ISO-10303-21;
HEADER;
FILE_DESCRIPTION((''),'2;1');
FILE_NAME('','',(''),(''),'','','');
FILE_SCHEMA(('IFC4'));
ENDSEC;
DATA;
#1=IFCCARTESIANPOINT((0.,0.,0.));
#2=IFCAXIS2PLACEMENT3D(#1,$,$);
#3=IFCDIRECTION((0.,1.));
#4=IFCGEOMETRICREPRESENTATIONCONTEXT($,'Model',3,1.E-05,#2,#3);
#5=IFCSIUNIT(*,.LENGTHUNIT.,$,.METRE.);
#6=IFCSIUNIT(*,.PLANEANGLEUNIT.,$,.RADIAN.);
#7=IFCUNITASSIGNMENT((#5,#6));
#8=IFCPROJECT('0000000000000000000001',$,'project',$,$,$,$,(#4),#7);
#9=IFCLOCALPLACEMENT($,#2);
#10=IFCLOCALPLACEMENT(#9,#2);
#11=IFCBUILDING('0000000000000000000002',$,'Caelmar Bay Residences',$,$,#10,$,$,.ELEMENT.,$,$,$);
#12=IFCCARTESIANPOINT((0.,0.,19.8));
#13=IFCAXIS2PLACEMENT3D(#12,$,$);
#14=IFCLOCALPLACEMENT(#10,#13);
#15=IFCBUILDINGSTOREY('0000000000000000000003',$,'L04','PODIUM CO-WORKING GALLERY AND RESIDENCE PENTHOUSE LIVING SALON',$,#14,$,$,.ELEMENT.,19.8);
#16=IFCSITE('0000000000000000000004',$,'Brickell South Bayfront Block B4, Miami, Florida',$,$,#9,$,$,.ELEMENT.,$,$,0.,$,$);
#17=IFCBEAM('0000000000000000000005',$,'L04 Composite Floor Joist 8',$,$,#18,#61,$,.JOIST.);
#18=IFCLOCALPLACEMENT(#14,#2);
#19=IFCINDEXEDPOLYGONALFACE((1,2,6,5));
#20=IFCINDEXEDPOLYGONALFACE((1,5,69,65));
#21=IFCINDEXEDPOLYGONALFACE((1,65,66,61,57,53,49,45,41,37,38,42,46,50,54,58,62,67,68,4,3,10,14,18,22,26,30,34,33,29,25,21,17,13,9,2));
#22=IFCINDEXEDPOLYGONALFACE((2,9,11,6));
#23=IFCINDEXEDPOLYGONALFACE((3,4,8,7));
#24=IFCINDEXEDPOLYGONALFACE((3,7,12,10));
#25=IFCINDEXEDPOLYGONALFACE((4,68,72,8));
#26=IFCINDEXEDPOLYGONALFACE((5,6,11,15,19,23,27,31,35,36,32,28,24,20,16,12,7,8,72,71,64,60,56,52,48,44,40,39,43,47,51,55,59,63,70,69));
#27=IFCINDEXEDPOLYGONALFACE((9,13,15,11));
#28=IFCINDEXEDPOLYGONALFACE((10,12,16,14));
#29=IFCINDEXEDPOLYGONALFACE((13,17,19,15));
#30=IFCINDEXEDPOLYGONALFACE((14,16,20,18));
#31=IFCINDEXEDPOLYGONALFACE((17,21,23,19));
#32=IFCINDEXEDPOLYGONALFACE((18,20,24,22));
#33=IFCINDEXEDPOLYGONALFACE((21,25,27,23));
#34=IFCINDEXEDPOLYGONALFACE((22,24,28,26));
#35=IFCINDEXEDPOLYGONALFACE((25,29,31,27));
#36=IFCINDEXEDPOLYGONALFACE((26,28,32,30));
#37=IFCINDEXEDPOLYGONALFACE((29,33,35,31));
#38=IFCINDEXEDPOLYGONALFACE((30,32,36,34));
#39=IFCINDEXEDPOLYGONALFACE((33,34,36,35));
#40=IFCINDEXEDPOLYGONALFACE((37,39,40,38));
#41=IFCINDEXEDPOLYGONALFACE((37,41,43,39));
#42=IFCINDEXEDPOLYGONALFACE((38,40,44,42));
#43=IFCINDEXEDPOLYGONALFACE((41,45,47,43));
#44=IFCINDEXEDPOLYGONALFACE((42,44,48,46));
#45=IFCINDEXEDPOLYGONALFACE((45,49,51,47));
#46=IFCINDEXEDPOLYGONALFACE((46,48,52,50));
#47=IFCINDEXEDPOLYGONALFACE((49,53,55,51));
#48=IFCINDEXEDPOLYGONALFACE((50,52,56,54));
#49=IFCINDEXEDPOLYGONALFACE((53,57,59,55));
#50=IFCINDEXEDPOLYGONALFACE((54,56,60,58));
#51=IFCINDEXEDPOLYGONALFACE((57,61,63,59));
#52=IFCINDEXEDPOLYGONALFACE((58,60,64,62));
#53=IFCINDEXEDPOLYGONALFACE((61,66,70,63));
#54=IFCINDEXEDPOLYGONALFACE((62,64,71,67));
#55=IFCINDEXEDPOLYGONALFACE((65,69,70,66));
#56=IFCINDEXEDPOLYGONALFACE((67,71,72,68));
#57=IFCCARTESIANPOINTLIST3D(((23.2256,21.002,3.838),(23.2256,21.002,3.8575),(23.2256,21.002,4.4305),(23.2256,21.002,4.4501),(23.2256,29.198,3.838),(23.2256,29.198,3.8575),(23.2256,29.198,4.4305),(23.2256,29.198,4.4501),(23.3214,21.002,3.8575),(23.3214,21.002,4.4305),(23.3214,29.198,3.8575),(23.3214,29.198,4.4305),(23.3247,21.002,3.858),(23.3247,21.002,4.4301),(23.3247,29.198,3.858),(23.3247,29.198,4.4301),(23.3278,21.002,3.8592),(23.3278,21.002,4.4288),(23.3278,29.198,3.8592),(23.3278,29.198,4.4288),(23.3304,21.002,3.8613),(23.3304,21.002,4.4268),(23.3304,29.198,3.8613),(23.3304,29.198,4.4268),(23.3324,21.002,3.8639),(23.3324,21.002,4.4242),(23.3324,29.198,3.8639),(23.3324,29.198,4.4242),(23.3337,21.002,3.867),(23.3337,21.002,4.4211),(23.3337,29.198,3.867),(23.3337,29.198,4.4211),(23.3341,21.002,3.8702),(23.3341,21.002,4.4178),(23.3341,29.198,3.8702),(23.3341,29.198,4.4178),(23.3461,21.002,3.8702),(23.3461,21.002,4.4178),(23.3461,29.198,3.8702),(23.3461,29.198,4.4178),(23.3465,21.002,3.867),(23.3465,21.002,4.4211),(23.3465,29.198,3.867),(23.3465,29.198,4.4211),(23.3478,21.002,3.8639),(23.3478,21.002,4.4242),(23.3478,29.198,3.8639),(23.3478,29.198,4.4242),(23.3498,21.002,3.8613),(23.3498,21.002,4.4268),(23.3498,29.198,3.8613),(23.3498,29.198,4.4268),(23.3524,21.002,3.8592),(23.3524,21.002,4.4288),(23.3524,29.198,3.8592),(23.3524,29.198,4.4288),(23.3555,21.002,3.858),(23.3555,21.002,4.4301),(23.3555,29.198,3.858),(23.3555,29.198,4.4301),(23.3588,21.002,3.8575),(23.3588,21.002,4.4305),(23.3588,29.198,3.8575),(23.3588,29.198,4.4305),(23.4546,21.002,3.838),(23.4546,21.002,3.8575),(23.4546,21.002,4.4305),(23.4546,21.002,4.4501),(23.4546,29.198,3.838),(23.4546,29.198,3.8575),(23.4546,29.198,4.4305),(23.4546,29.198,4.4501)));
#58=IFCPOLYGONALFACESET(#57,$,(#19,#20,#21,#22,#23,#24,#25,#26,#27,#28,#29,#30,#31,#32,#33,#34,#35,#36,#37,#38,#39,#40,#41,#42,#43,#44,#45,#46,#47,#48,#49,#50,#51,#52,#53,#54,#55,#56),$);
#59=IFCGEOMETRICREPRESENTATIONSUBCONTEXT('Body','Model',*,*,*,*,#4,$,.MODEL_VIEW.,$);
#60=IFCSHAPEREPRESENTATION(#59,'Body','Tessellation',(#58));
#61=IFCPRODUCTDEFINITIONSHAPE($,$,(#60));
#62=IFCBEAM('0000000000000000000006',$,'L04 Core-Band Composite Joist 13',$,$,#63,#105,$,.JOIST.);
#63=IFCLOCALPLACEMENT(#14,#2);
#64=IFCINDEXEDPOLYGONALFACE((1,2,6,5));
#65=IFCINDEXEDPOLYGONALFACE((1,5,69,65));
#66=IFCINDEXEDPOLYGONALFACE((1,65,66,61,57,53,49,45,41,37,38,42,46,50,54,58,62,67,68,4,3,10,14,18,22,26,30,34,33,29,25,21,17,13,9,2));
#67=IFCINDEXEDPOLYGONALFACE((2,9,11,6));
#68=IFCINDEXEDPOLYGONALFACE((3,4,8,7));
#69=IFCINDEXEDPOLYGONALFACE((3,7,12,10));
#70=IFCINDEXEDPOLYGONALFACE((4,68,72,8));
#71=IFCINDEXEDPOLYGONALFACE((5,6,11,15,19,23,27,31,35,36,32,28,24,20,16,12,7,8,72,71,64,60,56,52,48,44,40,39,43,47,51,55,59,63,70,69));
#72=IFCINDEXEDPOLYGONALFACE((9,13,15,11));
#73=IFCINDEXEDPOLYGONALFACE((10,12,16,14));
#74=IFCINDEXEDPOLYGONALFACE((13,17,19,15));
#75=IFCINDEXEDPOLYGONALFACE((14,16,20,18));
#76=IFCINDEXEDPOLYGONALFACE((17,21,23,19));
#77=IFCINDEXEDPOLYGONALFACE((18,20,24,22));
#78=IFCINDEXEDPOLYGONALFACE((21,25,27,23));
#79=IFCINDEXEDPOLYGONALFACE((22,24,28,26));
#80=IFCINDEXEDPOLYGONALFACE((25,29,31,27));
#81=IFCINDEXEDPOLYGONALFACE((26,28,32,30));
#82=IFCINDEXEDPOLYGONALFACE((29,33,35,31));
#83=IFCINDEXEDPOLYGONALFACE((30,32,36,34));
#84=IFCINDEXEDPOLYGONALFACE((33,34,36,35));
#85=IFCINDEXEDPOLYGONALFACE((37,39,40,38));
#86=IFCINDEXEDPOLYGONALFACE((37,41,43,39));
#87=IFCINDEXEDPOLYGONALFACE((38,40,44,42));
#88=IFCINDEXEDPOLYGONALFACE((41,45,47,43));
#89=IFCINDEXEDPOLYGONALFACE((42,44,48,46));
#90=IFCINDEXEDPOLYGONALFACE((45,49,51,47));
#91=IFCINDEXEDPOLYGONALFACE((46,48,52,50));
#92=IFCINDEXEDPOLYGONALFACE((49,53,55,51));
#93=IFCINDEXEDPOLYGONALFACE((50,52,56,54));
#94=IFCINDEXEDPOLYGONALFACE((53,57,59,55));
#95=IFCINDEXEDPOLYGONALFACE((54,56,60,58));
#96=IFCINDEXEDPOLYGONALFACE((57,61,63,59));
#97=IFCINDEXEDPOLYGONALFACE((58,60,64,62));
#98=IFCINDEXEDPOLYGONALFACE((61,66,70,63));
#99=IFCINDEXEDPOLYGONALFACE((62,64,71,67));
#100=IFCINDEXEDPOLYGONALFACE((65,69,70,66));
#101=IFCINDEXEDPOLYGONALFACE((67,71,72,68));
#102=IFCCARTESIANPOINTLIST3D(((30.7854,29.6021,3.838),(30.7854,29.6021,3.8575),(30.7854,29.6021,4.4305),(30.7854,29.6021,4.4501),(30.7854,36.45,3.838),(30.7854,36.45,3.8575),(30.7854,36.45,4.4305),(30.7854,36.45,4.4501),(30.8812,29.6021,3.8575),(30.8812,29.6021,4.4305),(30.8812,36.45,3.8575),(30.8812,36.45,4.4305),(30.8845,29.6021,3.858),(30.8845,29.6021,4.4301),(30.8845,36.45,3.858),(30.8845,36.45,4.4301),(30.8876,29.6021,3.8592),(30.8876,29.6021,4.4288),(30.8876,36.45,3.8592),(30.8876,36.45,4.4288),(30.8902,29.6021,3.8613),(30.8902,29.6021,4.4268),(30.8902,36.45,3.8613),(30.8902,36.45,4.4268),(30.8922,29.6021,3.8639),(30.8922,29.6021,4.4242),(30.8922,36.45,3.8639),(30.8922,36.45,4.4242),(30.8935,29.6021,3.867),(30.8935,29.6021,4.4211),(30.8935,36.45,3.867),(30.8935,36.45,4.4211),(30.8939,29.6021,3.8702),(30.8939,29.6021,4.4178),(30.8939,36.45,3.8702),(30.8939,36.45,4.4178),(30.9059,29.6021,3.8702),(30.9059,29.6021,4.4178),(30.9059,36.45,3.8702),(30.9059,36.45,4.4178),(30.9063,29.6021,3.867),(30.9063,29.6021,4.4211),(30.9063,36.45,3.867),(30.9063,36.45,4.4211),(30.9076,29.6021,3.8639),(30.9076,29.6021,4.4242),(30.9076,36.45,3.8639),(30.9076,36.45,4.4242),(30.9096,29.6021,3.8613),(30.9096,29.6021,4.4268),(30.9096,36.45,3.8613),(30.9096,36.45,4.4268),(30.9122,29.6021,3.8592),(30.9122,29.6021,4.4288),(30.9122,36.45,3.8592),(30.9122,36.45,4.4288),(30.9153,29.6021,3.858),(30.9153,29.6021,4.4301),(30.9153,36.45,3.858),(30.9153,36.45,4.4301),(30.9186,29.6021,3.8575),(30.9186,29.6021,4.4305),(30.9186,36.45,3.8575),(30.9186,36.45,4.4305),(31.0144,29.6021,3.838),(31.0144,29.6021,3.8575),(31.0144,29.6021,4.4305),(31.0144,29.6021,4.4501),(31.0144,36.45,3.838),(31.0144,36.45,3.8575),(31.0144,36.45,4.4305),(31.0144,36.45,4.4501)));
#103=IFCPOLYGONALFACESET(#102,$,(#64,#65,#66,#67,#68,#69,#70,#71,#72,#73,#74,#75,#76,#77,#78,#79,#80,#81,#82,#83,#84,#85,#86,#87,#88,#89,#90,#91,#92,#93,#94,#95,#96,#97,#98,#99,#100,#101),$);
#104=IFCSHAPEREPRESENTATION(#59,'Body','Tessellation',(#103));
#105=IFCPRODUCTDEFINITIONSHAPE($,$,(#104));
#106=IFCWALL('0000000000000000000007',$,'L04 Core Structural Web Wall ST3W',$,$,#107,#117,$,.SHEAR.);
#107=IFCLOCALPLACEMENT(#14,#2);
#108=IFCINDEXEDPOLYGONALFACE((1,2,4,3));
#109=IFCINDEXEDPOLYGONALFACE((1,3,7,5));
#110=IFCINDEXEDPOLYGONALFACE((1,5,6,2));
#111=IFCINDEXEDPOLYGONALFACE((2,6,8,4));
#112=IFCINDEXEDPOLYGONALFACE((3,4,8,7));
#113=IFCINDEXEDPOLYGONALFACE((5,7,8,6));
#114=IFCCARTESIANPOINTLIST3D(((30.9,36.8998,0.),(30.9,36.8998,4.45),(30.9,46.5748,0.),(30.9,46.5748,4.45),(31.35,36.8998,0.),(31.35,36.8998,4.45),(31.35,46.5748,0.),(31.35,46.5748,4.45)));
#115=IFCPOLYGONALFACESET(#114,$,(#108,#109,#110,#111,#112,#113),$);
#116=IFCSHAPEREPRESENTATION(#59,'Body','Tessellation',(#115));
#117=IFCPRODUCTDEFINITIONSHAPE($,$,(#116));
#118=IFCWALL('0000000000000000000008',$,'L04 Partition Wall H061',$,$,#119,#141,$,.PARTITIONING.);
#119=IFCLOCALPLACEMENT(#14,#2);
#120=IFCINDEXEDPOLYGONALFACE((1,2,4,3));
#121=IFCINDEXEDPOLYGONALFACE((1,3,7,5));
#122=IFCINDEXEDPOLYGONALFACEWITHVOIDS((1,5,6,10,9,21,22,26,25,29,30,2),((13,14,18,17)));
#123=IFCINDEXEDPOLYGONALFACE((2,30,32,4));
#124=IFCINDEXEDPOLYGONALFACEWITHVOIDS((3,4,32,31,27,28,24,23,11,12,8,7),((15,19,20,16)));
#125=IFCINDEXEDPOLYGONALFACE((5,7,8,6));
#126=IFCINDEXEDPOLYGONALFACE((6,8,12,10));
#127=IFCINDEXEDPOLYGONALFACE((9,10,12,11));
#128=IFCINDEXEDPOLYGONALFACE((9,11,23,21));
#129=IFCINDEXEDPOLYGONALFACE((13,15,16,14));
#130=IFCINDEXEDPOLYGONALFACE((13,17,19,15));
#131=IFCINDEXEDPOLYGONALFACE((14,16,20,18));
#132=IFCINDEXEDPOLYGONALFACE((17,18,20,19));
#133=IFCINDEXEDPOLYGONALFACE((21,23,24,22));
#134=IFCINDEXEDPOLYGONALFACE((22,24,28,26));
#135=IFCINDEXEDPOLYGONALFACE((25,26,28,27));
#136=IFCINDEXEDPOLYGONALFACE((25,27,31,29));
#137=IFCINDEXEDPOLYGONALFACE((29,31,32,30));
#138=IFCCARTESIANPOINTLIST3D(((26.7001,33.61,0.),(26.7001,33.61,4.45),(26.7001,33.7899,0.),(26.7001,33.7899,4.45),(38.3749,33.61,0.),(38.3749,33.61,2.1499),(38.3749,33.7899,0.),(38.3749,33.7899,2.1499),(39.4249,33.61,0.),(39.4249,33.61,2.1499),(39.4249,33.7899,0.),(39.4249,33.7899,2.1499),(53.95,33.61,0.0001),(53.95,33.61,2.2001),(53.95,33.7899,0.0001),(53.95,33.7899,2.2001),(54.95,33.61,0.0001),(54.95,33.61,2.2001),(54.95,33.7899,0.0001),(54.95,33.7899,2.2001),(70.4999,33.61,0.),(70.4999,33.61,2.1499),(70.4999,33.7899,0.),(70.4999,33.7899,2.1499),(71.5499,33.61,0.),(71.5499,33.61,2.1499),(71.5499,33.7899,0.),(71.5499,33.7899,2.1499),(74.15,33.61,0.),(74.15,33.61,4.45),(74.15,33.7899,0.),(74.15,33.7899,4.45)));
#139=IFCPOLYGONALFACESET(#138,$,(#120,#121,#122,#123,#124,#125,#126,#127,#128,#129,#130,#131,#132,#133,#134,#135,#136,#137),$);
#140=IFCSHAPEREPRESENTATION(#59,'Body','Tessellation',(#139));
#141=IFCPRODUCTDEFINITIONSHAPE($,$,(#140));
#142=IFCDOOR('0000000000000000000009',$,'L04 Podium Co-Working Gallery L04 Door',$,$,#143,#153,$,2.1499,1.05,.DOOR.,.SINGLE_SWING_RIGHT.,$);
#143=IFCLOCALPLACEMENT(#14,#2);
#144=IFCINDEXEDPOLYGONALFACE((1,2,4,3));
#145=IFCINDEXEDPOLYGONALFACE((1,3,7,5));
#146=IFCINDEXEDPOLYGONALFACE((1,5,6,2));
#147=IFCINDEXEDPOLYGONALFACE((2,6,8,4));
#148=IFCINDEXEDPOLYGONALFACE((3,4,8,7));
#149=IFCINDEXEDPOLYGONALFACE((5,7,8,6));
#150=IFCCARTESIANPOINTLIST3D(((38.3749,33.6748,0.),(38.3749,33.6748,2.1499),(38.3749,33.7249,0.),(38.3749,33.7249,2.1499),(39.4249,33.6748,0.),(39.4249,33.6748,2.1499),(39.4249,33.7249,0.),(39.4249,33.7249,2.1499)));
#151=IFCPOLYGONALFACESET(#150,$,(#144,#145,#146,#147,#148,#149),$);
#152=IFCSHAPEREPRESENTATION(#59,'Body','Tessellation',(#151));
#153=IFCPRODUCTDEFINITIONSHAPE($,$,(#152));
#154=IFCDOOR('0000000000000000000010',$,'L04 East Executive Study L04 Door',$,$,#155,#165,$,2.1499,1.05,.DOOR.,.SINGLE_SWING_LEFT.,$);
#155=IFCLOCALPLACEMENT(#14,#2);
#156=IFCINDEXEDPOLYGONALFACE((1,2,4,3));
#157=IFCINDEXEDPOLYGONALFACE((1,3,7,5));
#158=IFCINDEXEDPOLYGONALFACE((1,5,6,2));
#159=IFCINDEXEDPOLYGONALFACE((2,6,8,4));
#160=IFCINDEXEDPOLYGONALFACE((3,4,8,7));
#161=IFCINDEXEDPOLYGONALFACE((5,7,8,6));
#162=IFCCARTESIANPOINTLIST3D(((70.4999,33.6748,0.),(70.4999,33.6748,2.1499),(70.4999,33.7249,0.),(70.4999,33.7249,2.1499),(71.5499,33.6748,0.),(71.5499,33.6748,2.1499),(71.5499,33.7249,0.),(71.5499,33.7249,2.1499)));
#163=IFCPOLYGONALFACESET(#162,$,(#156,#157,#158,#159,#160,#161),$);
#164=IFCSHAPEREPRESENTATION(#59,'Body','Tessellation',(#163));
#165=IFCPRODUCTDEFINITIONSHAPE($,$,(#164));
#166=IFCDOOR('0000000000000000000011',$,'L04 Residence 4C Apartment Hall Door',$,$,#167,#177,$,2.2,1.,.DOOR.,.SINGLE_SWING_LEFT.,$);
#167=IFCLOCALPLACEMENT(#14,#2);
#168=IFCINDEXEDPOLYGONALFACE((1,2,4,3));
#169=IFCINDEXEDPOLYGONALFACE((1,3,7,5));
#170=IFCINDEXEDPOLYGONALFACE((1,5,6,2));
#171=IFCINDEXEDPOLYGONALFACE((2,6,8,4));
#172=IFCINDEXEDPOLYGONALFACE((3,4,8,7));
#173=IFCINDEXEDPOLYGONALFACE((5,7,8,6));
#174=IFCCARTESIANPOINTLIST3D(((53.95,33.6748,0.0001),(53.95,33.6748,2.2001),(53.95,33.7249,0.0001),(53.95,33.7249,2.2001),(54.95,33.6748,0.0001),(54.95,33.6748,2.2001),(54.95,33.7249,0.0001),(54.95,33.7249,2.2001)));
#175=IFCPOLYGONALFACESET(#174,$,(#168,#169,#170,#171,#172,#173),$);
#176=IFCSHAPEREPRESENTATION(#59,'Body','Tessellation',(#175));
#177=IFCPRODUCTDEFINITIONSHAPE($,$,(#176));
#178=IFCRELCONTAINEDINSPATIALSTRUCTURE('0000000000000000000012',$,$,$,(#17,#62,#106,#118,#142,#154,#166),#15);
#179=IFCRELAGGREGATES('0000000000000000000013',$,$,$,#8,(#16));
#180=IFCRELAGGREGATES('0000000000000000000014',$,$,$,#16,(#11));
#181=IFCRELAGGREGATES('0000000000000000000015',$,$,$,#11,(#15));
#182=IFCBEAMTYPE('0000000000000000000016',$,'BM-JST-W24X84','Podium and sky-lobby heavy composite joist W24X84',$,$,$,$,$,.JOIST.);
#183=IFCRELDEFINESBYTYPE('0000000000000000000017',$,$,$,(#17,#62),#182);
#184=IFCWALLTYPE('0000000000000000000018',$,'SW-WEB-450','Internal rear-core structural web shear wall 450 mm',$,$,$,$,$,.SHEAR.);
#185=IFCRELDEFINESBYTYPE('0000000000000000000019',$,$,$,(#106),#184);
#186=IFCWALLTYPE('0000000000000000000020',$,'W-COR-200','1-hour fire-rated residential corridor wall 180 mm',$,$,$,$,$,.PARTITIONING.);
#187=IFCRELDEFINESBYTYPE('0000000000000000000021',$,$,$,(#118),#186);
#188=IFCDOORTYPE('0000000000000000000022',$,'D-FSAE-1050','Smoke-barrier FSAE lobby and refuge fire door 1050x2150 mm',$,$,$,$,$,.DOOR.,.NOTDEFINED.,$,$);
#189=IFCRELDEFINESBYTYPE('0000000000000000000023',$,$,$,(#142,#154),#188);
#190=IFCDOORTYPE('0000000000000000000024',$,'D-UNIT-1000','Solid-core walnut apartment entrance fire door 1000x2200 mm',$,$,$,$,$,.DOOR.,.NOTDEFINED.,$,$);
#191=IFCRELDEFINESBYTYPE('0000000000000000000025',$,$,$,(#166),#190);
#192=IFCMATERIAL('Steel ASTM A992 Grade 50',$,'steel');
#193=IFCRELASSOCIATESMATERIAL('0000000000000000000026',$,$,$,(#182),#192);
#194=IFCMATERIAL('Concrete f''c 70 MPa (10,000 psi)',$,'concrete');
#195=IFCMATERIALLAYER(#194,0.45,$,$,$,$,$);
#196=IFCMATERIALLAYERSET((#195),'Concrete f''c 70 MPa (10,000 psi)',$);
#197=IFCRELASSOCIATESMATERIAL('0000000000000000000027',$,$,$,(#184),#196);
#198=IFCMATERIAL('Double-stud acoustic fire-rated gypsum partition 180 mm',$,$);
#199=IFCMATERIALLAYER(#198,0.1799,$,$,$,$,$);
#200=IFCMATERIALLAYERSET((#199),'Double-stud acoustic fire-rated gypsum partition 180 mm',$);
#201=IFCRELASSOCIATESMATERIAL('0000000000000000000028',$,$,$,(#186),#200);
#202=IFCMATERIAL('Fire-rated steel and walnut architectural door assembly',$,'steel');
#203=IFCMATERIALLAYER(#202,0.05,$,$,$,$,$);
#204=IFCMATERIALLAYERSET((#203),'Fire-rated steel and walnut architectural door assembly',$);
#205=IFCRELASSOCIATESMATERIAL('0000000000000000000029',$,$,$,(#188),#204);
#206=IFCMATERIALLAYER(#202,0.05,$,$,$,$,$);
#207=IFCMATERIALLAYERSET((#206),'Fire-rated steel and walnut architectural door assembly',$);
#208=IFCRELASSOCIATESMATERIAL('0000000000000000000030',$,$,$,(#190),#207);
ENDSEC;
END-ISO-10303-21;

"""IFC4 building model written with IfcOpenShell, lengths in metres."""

from ifc_helpers import new_model, si_unit, direction, frame, frame_2d, origin, origin_2d, place, context, subcontext, project, spatial, rectangle, i_section, extrude, material, layer, layer_set, material_profile, profile_set, type_object, element, fill, save


model = new_model("IFC4")

# Units and contexts
model_context = context("Model", 3, precision=1e-05, world=origin(), true_north=direction((0.0, 1.0)))
body_context = subcontext(model_context, "Body", "Model", "MODEL_VIEW")
ifc_project = project(units=[si_unit("LENGTHUNIT", "METRE"), si_unit("PLANEANGLEUNIT", "RADIAN")], contexts=[model_context])

# Site, building, storey
site_placement = place(None, origin())
site = spatial("IfcSite", under=ifc_project, at=site_placement, Name="Brickell South Bayfront Block B4, Miami, Florida", CompositionType="ELEMENT", RefElevation=0.0)
building_placement = place(site_placement, origin())
building = spatial("IfcBuilding", under=site, at=building_placement, Name="Caelmar Bay Residences", CompositionType="ELEMENT")
storey_placement = place(building_placement, frame((0.0, 0.0, 19.8)))
storey = spatial("IfcBuildingStorey", under=building, at=storey_placement, Name="L04", Description="PODIUM CO-WORKING GALLERY AND RESIDENCE PENTHOUSE LIVING SALON", CompositionType="ELEMENT", Elevation=19.8)

# Shared definitions
ifc_material_1 = material(Name="Concrete f'c 70 MPa (10,000 psi)", Category="concrete")

# Beams
ifc_material_2 = material(Name="Steel ASTM A992 Grade 50", Category="steel")
ifc_material_profile_1 = material_profile(ifc_material_2, i_section(OverallWidth=0.229, OverallDepth=0.6121, WebThickness=0.012, FlangeThickness=0.0195, FilletRadius=0.0127, at=origin_2d()), Name="W24X84")
ifc_profile_set_1 = profile_set([ifc_material_profile_1], Name="Steel ASTM A992 Grade 50")
beam_type_1 = type_object("IfcBeamType", Name="BM-JST-W24X84", Description="Podium and sky-lobby heavy composite joist W24X84", PredefinedType="JOIST", material=ifc_profile_set_1)
beam_1_placement = place(storey_placement, frame((23.3401, 21.002, 4.144), z_axis=(0.0, 1.0, 0.0), x_axis=(-1.0, 0.0, 0.0)))
element("IfcBeam", 1, at=beam_1_placement, inside=storey, type_object=beam_type_1, Name="L04 Composite Floor Joist 8", PredefinedType="JOIST", context=body_context, shape_type="SweptSolid", body=[
    extrude(i_section(OverallWidth=0.229, OverallDepth=0.6121, WebThickness=0.012, FlangeThickness=0.0195, FilletRadius=0.0127, at=origin_2d()), origin(), (0.0, 0.0, 1.0), 8.196),
])
beam_2_placement = place(storey_placement, frame((30.8999, 29.6021, 4.144), z_axis=(0.0, 1.0, 0.0), x_axis=(-1.0, 0.0, 0.0)))
element("IfcBeam", 2, at=beam_2_placement, inside=storey, type_object=beam_type_1, Name="L04 Core-Band Composite Joist 13", PredefinedType="JOIST", context=body_context, shape_type="SweptSolid", body=[
    extrude(i_section(OverallWidth=0.229, OverallDepth=0.6121, WebThickness=0.012, FlangeThickness=0.0195, FilletRadius=0.0127, at=origin_2d()), origin(), (0.0, 0.0, 1.0), 6.8479),
])

# Shared definitions
ifc_material_3 = material(Name="Fire-rated steel and walnut architectural door assembly", Category="steel")

# Wall
ifc_layer_1 = layer(ifc_material_1, 0.45)
ifc_layer_set_1 = layer_set([ifc_layer_1], Name="Concrete f'c 70 MPa (10,000 psi)")
wall_type_1 = type_object("IfcWallType", Name="SW-WEB-450", Description="Internal rear-core structural web shear wall 450 mm", PredefinedType="SHEAR", material=ifc_layer_set_1)
wall_1_placement = place(storey_placement, frame((31.125, 36.8999, 0.0), z_axis=(0.0, 0.0, 1.0), x_axis=(0.0, 1.0, 0.0)))
element("IfcWall", 3, at=wall_1_placement, inside=storey, type_object=wall_type_1, Name="L04 Core Structural Web Wall ST3W", PredefinedType="SHEAR", context=body_context, shape_type="SweptSolid", body=[
    extrude(rectangle(XDim=9.675, YDim=0.45, at=frame_2d((4.8374, 0.0))), origin(), (0.0, 0.0, 1.0), 4.45),
])

# Wall, openings, doors
ifc_material_4 = material(Name="Double-stud acoustic fire-rated gypsum partition 180 mm")
ifc_layer_2 = layer(ifc_material_4, 0.1799)
ifc_layer_set_2 = layer_set([ifc_layer_2], Name="Double-stud acoustic fire-rated gypsum partition 180 mm")
wall_type_2 = type_object("IfcWallType", Name="W-COR-200", Description="1-hour fire-rated residential corridor wall 180 mm", PredefinedType="PARTITIONING", material=ifc_layer_set_2)
wall_2_placement = place(storey_placement, frame((26.7, 33.7, 0.0), z_axis=(0.0, 0.0, 1.0), x_axis=(1.0, 0.0, 0.0)))
wall_2 = element("IfcWall", 4, at=wall_2_placement, inside=storey, type_object=wall_type_2, Name="L04 Partition Wall H061", PredefinedType="PARTITIONING", context=body_context, shape_type="SweptSolid", body=[
    extrude(rectangle(XDim=47.45, YDim=0.1799, at=frame_2d((23.7251, 0.0))), origin(), (0.0, 0.0, 1.0), 4.45),
])
opening_1_placement = place(wall_2_placement, frame((11.675, 0.0, 0.0)))
opening_1 = element("IfcOpeningElement", 5, at=opening_1_placement, cuts=wall_2, PredefinedType="OPENING", context=body_context, shape_type="SweptSolid", body=[
    extrude(rectangle(XDim=1.05, YDim=2.1499, at=frame_2d((0.5249, 1.075))), frame((0.0, 0.0999, 0.0), z_axis=(0.0, -1.0, 0.0), x_axis=(1.0, 0.0, 0.0)), (0.0, 0.0, 1.0), 0.2),
])
opening_2_placement = place(wall_2_placement, frame((27.25, 0.0, 0.0)))
opening_2 = element("IfcOpeningElement", 6, at=opening_2_placement, cuts=wall_2, PredefinedType="OPENING", context=body_context, shape_type="SweptSolid", body=[
    extrude(rectangle(XDim=1.0, YDim=2.2, at=frame_2d((0.5, 1.1001))), frame((0.0, 0.0999, 0.0), z_axis=(0.0, -1.0, 0.0), x_axis=(1.0, 0.0, 0.0)), (0.0, 0.0, 1.0), 0.2),
])
opening_3_placement = place(wall_2_placement, frame((43.8, 0.0, 0.0)))
opening_3 = element("IfcOpeningElement", 7, at=opening_3_placement, cuts=wall_2, PredefinedType="OPENING", context=body_context, shape_type="SweptSolid", body=[
    extrude(rectangle(XDim=1.05, YDim=2.1499, at=frame_2d((0.5249, 1.075))), frame((0.0, 0.0999, 0.0), z_axis=(0.0, -1.0, 0.0), x_axis=(1.0, 0.0, 0.0)), (0.0, 0.0, 1.0), 0.2),
])
ifc_layer_3 = layer(ifc_material_3, 0.05)
ifc_layer_set_3 = layer_set([ifc_layer_3], Name="Fire-rated steel and walnut architectural door assembly")
door_type_1 = type_object("IfcDoorType", Name="D-FSAE-1050", Description="Smoke-barrier FSAE lobby and refuge fire door 1050x2150 mm", OperationType="NOTDEFINED", PredefinedType="DOOR", material=ifc_layer_set_3)
door_1_placement = place(opening_1_placement, origin())
door_1 = element("IfcDoor", 8, at=door_1_placement, inside=storey, type_object=door_type_1, Name="L04 Podium Co-Working Gallery L04 Door", OperationType="SINGLE_SWING_RIGHT", OverallHeight=2.1499, OverallWidth=1.05, PredefinedType="DOOR", context=body_context, shape_type="SweptSolid", body=[
    extrude(rectangle(XDim=1.05, YDim=2.1499, at=frame_2d((0.5249, 1.075))), frame((0.0, 0.0249, 0.0), z_axis=(0.0, -1.0, 0.0), x_axis=(1.0, 0.0, 0.0)), (0.0, 0.0, 1.0), 0.05),
])
fill(opening_1, door_1)
door_2_placement = place(opening_3_placement, origin())
door_2 = element("IfcDoor", 9, at=door_2_placement, inside=storey, type_object=door_type_1, Name="L04 East Executive Study L04 Door", OperationType="SINGLE_SWING_LEFT", OverallHeight=2.1499, OverallWidth=1.05, PredefinedType="DOOR", context=body_context, shape_type="SweptSolid", body=[
    extrude(rectangle(XDim=1.05, YDim=2.1499, at=frame_2d((0.5249, 1.075))), frame((0.0, 0.0249, 0.0), z_axis=(0.0, -1.0, 0.0), x_axis=(1.0, 0.0, 0.0)), (0.0, 0.0, 1.0), 0.05),
])
fill(opening_3, door_2)
ifc_layer_4 = layer(ifc_material_3, 0.05)
ifc_layer_set_4 = layer_set([ifc_layer_4], Name="Fire-rated steel and walnut architectural door assembly")
door_type_2 = type_object("IfcDoorType", Name="D-UNIT-1000", Description="Solid-core walnut apartment entrance fire door 1000x2200 mm", OperationType="NOTDEFINED", PredefinedType="DOOR", material=ifc_layer_set_4)
door_3_placement = place(opening_2_placement, origin())
door_3 = element("IfcDoor", 10, at=door_3_placement, inside=storey, type_object=door_type_2, Name="L04 Residence 4C Apartment Hall Door", OperationType="SINGLE_SWING_LEFT", OverallHeight=2.2, OverallWidth=1.0, PredefinedType="DOOR", context=body_context, shape_type="SweptSolid", body=[
    extrude(rectangle(XDim=1.0, YDim=2.2, at=frame_2d((0.5, 1.1001))), frame((0.0, 0.0249, 0.0), z_axis=(0.0, -1.0, 0.0), x_axis=(1.0, 0.0, 0.0)), (0.0, 0.0, 1.0), 0.05),
])
fill(opening_2, door_3)

save(model, "model.ifc")
